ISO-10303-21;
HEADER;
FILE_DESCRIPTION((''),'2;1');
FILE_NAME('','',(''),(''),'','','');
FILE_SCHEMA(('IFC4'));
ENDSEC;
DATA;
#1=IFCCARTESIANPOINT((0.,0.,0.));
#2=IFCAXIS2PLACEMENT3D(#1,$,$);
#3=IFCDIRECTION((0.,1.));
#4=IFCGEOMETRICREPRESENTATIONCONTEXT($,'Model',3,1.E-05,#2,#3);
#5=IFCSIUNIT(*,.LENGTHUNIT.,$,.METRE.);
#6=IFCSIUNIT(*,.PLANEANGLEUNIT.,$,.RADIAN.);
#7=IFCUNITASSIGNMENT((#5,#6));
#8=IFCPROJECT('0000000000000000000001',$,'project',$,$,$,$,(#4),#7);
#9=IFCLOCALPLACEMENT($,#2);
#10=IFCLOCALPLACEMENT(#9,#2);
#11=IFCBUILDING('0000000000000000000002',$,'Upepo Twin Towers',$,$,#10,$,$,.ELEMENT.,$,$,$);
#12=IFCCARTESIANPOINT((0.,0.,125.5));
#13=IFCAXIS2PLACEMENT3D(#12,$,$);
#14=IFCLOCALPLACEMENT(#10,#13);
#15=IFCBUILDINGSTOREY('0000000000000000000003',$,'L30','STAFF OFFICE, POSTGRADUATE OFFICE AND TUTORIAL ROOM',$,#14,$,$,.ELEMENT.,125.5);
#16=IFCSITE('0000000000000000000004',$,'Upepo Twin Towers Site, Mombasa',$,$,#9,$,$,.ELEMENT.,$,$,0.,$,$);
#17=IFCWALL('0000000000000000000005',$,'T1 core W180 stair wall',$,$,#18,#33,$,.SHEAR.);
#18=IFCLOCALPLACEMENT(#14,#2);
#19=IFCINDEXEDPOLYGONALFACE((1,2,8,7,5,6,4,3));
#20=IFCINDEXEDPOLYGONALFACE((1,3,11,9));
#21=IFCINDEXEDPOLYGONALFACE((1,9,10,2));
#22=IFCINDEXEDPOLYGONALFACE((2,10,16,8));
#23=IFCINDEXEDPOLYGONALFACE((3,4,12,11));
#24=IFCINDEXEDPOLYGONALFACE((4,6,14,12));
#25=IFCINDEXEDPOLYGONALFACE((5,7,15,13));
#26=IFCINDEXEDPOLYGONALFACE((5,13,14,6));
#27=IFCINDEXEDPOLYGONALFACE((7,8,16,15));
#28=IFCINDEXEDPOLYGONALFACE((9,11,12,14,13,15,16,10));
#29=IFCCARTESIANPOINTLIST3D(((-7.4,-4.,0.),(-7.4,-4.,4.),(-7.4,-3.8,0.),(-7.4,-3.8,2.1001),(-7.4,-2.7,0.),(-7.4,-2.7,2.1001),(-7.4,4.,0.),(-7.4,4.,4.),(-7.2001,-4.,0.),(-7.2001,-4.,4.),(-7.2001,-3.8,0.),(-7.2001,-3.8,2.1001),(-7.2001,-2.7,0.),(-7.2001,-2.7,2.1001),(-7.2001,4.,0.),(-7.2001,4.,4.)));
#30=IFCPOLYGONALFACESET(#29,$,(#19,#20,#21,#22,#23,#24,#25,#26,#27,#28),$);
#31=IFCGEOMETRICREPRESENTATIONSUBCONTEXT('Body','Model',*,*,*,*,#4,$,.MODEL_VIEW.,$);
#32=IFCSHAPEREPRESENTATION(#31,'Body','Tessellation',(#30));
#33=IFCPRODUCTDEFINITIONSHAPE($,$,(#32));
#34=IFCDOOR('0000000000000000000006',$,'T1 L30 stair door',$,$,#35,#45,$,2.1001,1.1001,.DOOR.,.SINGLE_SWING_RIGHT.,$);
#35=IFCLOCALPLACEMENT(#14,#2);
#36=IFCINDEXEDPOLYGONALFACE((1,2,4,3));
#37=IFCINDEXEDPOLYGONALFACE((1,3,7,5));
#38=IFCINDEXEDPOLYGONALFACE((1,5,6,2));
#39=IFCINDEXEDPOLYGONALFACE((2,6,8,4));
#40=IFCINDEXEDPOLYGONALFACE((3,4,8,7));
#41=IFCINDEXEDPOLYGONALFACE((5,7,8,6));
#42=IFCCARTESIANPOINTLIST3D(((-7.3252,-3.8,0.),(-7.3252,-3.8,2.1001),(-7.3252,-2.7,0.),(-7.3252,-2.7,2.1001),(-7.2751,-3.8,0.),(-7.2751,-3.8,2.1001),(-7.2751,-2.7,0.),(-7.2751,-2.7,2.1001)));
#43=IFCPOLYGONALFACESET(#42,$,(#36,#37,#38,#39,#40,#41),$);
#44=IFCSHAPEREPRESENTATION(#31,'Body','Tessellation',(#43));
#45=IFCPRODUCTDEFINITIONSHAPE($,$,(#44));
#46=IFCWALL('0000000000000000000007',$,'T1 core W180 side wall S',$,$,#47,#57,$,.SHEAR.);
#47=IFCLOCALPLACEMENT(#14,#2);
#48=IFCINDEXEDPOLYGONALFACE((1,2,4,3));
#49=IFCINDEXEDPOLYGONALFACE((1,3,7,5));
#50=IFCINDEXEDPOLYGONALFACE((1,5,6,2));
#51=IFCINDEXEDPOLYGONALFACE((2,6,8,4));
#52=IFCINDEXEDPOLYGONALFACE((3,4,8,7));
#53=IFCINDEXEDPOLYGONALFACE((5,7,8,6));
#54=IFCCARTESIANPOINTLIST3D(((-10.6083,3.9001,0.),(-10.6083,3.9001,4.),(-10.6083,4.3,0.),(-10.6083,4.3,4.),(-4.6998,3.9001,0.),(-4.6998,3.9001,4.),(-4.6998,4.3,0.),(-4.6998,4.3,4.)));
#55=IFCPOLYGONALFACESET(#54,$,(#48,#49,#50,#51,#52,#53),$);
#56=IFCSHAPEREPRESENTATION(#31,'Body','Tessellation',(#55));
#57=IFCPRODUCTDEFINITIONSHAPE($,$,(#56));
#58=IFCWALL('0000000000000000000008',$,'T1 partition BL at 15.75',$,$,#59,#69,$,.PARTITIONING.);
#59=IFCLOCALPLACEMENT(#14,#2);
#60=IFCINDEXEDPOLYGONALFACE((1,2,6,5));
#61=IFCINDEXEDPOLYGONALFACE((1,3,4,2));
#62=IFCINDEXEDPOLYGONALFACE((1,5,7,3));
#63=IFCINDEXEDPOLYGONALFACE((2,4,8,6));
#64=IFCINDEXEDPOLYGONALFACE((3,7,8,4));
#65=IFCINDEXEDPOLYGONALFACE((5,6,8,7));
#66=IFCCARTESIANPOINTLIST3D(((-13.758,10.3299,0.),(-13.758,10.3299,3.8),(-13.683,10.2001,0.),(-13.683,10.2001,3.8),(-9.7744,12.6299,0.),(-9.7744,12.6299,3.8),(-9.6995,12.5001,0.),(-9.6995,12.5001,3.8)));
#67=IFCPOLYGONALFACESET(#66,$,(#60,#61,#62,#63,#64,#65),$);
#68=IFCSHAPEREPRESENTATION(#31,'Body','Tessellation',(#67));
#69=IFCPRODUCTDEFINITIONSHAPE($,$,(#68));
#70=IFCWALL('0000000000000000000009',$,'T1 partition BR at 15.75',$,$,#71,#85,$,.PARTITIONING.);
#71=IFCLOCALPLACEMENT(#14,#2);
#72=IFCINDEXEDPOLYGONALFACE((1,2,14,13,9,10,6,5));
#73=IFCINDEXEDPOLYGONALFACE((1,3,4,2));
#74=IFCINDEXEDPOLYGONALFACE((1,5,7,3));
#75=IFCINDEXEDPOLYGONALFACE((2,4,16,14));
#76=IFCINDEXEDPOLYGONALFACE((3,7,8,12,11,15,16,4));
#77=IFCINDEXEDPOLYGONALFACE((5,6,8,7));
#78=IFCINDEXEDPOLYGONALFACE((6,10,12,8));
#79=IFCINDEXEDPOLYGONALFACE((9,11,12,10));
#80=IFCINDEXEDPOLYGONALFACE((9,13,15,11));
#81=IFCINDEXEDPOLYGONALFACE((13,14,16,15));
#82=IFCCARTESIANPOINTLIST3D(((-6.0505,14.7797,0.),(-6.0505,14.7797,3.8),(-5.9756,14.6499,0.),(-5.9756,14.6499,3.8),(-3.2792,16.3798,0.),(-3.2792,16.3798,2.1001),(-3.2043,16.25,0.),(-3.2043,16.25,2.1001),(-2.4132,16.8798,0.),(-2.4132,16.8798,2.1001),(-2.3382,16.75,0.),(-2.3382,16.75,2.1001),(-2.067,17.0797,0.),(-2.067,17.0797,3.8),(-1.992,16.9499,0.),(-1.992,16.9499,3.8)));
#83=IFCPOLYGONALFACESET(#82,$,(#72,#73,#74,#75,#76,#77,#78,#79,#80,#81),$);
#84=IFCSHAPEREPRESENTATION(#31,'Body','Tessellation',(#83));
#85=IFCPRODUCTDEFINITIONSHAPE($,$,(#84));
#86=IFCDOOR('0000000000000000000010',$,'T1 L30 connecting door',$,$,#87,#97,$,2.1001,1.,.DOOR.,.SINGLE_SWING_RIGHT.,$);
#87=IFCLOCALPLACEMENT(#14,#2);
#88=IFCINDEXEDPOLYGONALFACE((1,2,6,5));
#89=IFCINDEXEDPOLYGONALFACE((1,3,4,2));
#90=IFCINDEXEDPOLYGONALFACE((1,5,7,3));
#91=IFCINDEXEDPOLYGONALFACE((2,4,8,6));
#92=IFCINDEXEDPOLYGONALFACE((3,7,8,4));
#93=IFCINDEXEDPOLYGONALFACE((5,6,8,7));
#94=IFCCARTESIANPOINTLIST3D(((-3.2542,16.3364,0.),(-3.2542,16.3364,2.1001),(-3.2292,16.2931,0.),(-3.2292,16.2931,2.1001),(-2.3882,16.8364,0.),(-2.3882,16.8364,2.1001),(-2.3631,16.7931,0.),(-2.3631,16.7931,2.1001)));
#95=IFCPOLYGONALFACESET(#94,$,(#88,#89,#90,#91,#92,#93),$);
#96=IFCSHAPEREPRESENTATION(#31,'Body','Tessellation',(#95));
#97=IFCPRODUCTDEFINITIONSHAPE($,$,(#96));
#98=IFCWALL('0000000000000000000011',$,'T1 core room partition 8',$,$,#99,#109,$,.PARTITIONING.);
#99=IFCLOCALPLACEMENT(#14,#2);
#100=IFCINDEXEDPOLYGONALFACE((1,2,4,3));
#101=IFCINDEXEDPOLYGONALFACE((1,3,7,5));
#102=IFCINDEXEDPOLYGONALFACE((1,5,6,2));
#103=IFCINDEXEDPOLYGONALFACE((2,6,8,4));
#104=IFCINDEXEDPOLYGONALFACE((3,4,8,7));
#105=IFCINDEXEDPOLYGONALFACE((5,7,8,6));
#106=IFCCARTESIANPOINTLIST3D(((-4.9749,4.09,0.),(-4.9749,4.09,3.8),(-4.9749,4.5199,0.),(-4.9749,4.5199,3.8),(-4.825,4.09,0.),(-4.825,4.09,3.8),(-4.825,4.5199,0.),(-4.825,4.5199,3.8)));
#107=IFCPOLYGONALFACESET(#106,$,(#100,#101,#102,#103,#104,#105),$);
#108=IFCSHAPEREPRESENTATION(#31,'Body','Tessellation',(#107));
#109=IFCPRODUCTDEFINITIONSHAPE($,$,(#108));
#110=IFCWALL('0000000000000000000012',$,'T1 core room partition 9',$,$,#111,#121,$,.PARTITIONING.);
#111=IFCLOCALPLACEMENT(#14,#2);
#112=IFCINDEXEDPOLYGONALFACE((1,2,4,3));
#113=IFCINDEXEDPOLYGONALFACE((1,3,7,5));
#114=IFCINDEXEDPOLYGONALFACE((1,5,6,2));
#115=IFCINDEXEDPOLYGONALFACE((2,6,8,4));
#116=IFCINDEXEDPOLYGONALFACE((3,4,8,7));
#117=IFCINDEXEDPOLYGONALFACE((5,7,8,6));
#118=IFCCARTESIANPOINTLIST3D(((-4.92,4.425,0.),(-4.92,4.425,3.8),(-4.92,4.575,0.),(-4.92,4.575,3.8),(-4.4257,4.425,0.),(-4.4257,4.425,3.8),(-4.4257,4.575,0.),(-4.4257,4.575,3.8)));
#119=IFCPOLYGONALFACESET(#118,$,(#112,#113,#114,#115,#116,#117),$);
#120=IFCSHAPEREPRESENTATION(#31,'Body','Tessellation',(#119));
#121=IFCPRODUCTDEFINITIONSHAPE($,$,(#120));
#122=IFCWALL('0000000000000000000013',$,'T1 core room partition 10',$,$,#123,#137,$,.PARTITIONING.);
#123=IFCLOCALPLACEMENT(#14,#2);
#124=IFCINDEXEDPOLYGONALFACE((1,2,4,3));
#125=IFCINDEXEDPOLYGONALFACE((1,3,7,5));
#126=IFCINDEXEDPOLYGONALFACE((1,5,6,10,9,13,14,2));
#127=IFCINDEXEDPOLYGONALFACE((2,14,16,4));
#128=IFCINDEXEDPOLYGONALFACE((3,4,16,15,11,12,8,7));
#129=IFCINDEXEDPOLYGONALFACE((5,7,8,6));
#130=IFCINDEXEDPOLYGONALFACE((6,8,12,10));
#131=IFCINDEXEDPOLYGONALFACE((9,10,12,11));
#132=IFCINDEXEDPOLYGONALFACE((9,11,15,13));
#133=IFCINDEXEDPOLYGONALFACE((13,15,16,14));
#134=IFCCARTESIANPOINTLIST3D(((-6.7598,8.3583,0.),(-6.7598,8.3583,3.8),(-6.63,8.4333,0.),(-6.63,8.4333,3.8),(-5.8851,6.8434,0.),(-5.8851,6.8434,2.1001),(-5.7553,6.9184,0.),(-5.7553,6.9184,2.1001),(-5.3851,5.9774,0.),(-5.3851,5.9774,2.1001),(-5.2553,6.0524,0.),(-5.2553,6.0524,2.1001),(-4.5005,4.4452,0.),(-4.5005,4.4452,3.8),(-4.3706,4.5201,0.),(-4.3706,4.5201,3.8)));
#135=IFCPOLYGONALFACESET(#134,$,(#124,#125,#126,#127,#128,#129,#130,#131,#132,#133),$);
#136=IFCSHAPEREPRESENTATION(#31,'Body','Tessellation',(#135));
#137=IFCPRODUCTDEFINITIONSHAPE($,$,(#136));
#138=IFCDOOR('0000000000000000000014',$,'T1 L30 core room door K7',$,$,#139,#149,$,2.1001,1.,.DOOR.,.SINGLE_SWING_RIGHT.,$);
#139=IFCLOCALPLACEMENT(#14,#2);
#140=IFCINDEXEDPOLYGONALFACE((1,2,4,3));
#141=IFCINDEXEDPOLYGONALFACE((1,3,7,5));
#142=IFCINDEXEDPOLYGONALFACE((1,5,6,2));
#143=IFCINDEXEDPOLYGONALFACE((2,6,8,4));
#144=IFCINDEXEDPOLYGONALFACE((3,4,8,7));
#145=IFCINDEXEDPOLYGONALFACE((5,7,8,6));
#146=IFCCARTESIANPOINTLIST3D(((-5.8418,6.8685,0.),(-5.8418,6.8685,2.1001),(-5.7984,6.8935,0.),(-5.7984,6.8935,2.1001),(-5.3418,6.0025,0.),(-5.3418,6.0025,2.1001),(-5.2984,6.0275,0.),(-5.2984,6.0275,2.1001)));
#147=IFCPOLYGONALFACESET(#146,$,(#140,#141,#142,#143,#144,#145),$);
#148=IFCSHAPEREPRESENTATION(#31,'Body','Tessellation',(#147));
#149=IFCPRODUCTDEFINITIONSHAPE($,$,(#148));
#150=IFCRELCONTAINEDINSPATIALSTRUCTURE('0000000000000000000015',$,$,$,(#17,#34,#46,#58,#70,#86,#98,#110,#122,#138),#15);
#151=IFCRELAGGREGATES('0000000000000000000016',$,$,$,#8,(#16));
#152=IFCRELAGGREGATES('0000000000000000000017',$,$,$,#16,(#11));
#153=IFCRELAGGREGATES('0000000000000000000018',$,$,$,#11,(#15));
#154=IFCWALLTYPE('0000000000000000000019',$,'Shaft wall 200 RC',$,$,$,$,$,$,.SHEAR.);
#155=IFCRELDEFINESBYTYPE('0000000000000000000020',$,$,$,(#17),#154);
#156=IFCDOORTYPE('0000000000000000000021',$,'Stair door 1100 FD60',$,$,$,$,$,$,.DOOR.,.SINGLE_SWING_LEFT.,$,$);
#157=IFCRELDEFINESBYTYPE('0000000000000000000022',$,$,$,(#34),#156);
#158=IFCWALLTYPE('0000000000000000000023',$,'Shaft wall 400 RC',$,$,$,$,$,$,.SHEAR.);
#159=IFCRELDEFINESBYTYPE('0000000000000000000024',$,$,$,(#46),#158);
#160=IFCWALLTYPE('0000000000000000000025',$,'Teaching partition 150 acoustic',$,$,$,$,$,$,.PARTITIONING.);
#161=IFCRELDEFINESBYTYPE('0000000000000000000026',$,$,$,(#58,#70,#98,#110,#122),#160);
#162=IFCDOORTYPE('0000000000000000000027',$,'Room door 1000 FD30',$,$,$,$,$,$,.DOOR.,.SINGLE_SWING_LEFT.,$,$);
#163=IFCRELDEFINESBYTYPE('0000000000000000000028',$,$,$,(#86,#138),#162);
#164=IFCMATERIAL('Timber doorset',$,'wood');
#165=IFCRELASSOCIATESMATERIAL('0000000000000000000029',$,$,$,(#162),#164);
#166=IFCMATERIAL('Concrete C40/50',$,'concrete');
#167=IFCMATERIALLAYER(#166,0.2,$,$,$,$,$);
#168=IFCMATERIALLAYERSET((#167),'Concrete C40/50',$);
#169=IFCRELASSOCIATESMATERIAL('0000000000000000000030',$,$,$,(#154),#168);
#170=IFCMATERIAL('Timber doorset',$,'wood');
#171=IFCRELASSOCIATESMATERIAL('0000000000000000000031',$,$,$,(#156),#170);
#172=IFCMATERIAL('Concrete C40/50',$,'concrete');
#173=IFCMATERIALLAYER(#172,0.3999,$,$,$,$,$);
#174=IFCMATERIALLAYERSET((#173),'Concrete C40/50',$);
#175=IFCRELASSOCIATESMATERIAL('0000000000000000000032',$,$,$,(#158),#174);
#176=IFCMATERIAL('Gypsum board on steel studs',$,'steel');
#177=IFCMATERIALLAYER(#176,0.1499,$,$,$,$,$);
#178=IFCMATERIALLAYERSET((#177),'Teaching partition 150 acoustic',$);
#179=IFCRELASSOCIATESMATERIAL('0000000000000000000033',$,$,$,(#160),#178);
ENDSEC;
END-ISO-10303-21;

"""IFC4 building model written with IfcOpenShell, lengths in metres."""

from ifc_helpers import new_model, si_unit, direction, frame, frame_2d, origin, place, context, subcontext, project, spatial, rectangle, extrude, material, layer, layer_set, type_object, element, fill, save


model = new_model("IFC4")

# Units and contexts
model_context = context("Model", 3, precision=1e-05, world=origin(), true_north=direction((0.0, 1.0)))
body_context = subcontext(model_context, "Body", "Model", "MODEL_VIEW")
ifc_project = project(units=[si_unit("LENGTHUNIT", "METRE"), si_unit("PLANEANGLEUNIT", "RADIAN")], contexts=[model_context])

# Site, building, storey
site_placement = place(None, origin())
site = spatial("IfcSite", under=ifc_project, at=site_placement, Name="Upepo Twin Towers Site, Mombasa", CompositionType="ELEMENT", RefElevation=0.0)
building_placement = place(site_placement, origin())
building = spatial("IfcBuilding", under=site, at=building_placement, Name="Upepo Twin Towers", CompositionType="ELEMENT")
storey_placement = place(building_placement, frame((0.0, 0.0, 125.5)))
storey = spatial("IfcBuildingStorey", under=building, at=storey_placement, Name="L30", Description="STAFF OFFICE, POSTGRADUATE OFFICE AND TUTORIAL ROOM", CompositionType="ELEMENT", Elevation=125.5)

# Shared definitions
ifc_material_1 = material(Name="Timber doorset", Category="wood")
door_type_1 = type_object("IfcDoorType", Name="Room door 1000 FD30", OperationType="SINGLE_SWING_LEFT", PredefinedType="DOOR", material=ifc_material_1)

# Shared definitions
ifc_material_2 = material(Name="Concrete C40/50", Category="concrete")
ifc_layer_1 = layer(ifc_material_2, 0.2)
ifc_layer_set_1 = layer_set([ifc_layer_1], Name="Concrete C40/50")
wall_type_1 = type_object("IfcWallType", Name="Shaft wall 200 RC", PredefinedType="SHEAR", material=ifc_layer_set_1)

# Wall, opening, door
wall_1_placement = place(storey_placement, frame((-7.3, 4.0, 0.0), z_axis=(0.0, 0.0, 1.0), x_axis=(0.0, -1.0, 0.0)))
wall_1 = element("IfcWall", 1, at=wall_1_placement, inside=storey, type_object=wall_type_1, Name="T1 core W180 stair wall", PredefinedType="SHEAR", context=body_context, shape_type="SweptSolid", body=[
    extrude(rectangle(XDim=8.0, YDim=0.2, at=frame_2d((4.0, 0.0))), origin(), (0.0, 0.0, 1.0), 4.0),
])
opening_1_placement = place(wall_1_placement, frame((6.7, 0.0, 0.0)))
opening_1 = element("IfcOpeningElement", 2, at=opening_1_placement, cuts=wall_1, PredefinedType="OPENING", context=body_context, shape_type="SweptSolid", body=[
    extrude(rectangle(XDim=1.1001, YDim=2.1001, at=frame_2d((0.55, 1.05))), frame((0.0, 0.1099, 0.0), z_axis=(0.0, -1.0, 0.0), x_axis=(1.0, 0.0, 0.0)), (0.0, 0.0, 1.0), 0.22),
])
ifc_material_3 = material(Name="Timber doorset", Category="wood")
door_type_2 = type_object("IfcDoorType", Name="Stair door 1100 FD60", OperationType="SINGLE_SWING_LEFT", PredefinedType="DOOR", material=ifc_material_3)
door_1_placement = place(opening_1_placement, origin())
door_1 = element("IfcDoor", 3, at=door_1_placement, inside=storey, type_object=door_type_2, Name="T1 L30 stair door", OperationType="SINGLE_SWING_RIGHT", OverallHeight=2.1001, OverallWidth=1.1001, PredefinedType="DOOR", context=body_context, shape_type="SweptSolid", body=[
    extrude(rectangle(XDim=1.1001, YDim=2.1001, at=frame_2d((0.55, 1.05))), frame((0.0, 0.0249, 0.0), z_axis=(0.0, -1.0, 0.0), x_axis=(1.0, 0.0, 0.0)), (0.0, 0.0, 1.0), 0.05),
])
fill(opening_1, door_1)

# Walls
ifc_material_4 = material(Name="Concrete C40/50", Category="concrete")
ifc_layer_2 = layer(ifc_material_4, 0.3999)
ifc_layer_set_2 = layer_set([ifc_layer_2], Name="Concrete C40/50")
wall_type_2 = type_object("IfcWallType", Name="Shaft wall 400 RC", PredefinedType="SHEAR", material=ifc_layer_set_2)
wall_2_placement = place(storey_placement, frame((-4.7, 4.1001, 0.0), z_axis=(0.0, 0.0, 1.0), x_axis=(-1.0, 0.0, 0.0)))
element("IfcWall", 4, at=wall_2_placement, inside=storey, type_object=wall_type_2, Name="T1 core W180 side wall S", PredefinedType="SHEAR", context=body_context, shape_type="SweptSolid", body=[
    extrude(rectangle(XDim=5.9084, YDim=0.3999, at=frame_2d((2.9541, 0.0))), origin(), (0.0, 0.0, 1.0), 4.0),
])
ifc_material_5 = material(Name="Gypsum board on steel studs", Category="steel")
ifc_layer_3 = layer(ifc_material_5, 0.1499)
ifc_layer_set_3 = layer_set([ifc_layer_3], Name="Teaching partition 150 acoustic")
wall_type_3 = type_object("IfcWallType", Name="Teaching partition 150 acoustic", PredefinedType="PARTITIONING", material=ifc_layer_set_3)
wall_3_placement = place(storey_placement, frame((-9.7371, 12.5649, 0.0), z_axis=(0.0, 0.0, 1.0), x_axis=(-0.866017, -0.500015, 0.0)))
element("IfcWall", 5, at=wall_3_placement, inside=storey, type_object=wall_type_3, Name="T1 partition BL at 15.75", PredefinedType="PARTITIONING", context=body_context, shape_type="SweptSolid", body=[
    extrude(rectangle(XDim=4.5999, YDim=0.1499, at=frame_2d((2.2998, 0.0))), origin(), (0.0, 0.0, 1.0), 3.8),
])

# Wall, opening, door
wall_4_placement = place(storey_placement, frame((-6.0129, 14.7148, 0.0), z_axis=(0.0, 0.0, 1.0), x_axis=(0.866017, 0.500015, 0.0)))
wall_4 = element("IfcWall", 6, at=wall_4_placement, inside=storey, type_object=wall_type_3, Name="T1 partition BR at 15.75", PredefinedType="PARTITIONING", context=body_context, shape_type="SweptSolid", body=[
    extrude(rectangle(XDim=4.5999, YDim=0.1499, at=frame_2d((2.2998, 0.0))), origin(), (0.0, 0.0, 1.0), 3.8),
])
opening_2_placement = place(wall_4_placement, frame((3.2, 0.0, 0.0)))
opening_2 = element("IfcOpeningElement", 7, at=opening_2_placement, cuts=wall_4, PredefinedType="OPENING", context=body_context, shape_type="SweptSolid", body=[
    extrude(rectangle(XDim=1.0, YDim=2.1001, at=frame_2d((0.5, 1.05))), frame((0.0, 0.085, 0.0), z_axis=(0.0, -1.0, 0.0), x_axis=(1.0, 0.0, 0.0)), (0.0, 0.0, 1.0), 0.1699),
])
door_2_placement = place(opening_2_placement, origin())
door_2 = element("IfcDoor", 8, at=door_2_placement, inside=storey, type_object=door_type_1, Name="T1 L30 connecting door", OperationType="SINGLE_SWING_RIGHT", OverallHeight=2.1001, OverallWidth=1.0, PredefinedType="DOOR", context=body_context, shape_type="SweptSolid", body=[
    extrude(rectangle(XDim=1.0, YDim=2.1001, at=frame_2d((0.5, 1.05))), frame((0.0, 0.0249, 0.0), z_axis=(0.0, -1.0, 0.0), x_axis=(1.0, 0.0, 0.0)), (0.0, 0.0, 1.0), 0.05),
])
fill(opening_2, door_2)

# Walls
wall_5_placement = place(storey_placement, frame((-4.8999, 4.0901, 0.0), z_axis=(0.0, 0.0, 1.0), x_axis=(0.0, 1.0, 0.0)))
element("IfcWall", 9, at=wall_5_placement, inside=storey, type_object=wall_type_3, Name="T1 core room partition 8", PredefinedType="PARTITIONING", context=body_context, shape_type="SweptSolid", body=[
    extrude(rectangle(XDim=0.4299, YDim=0.1499, at=frame_2d((0.2148, 0.0))), origin(), (0.0, 0.0, 1.0), 3.8),
])
wall_6_placement = place(storey_placement, frame((-4.9199, 4.5, 0.0), z_axis=(0.0, 0.0, 1.0), x_axis=(1.0, 0.0, 0.0)))
element("IfcWall", 10, at=wall_6_placement, inside=storey, type_object=wall_type_3, Name="T1 core room partition 9", PredefinedType="PARTITIONING", context=body_context, shape_type="SweptSolid", body=[
    extrude(rectangle(XDim=0.4944, YDim=0.1499, at=frame_2d((0.2471, 0.0))), origin(), (0.0, 0.0, 1.0), 3.8),
])

# Wall, opening, door
wall_7_placement = place(storey_placement, frame((-4.4355, 4.4827, 0.0), z_axis=(0.0, 0.0, 1.0), x_axis=(-0.500009, 0.86602, 0.0)))
wall_7 = element("IfcWall", 11, at=wall_7_placement, inside=storey, type_object=wall_type_3, Name="T1 core room partition 10", PredefinedType="PARTITIONING", context=body_context, shape_type="SweptSolid", body=[
    extrude(rectangle(XDim=4.5186, YDim=0.1499, at=frame_2d((2.2593, 0.0))), origin(), (0.0, 0.0, 1.0), 3.8),
])
opening_3_placement = place(wall_7_placement, frame((1.7693, 0.0, 0.0)))
opening_3 = element("IfcOpeningElement", 12, at=opening_3_placement, cuts=wall_7, PredefinedType="OPENING", context=body_context, shape_type="SweptSolid", body=[
    extrude(rectangle(XDim=1.0, YDim=2.1001, at=frame_2d((0.5, 1.05))), frame((0.0, 0.085, 0.0), z_axis=(0.0, -1.0, 0.0), x_axis=(1.0, 0.0, 0.0)), (0.0, 0.0, 1.0), 0.1699),
])
door_3_placement = place(opening_3_placement, origin())
door_3 = element("IfcDoor", 13, at=door_3_placement, inside=storey, type_object=door_type_1, Name="T1 L30 core room door K7", OperationType="SINGLE_SWING_RIGHT", OverallHeight=2.1001, OverallWidth=1.0, PredefinedType="DOOR", context=body_context, shape_type="SweptSolid", body=[
    extrude(rectangle(XDim=1.0, YDim=2.1001, at=frame_2d((0.5, 1.05))), frame((0.0, 0.0249, 0.0), z_axis=(0.0, -1.0, 0.0), x_axis=(1.0, 0.0, 0.0)), (0.0, 0.0, 1.0), 0.05),
])
fill(opening_3, door_3)

save(model, "model.ifc")
